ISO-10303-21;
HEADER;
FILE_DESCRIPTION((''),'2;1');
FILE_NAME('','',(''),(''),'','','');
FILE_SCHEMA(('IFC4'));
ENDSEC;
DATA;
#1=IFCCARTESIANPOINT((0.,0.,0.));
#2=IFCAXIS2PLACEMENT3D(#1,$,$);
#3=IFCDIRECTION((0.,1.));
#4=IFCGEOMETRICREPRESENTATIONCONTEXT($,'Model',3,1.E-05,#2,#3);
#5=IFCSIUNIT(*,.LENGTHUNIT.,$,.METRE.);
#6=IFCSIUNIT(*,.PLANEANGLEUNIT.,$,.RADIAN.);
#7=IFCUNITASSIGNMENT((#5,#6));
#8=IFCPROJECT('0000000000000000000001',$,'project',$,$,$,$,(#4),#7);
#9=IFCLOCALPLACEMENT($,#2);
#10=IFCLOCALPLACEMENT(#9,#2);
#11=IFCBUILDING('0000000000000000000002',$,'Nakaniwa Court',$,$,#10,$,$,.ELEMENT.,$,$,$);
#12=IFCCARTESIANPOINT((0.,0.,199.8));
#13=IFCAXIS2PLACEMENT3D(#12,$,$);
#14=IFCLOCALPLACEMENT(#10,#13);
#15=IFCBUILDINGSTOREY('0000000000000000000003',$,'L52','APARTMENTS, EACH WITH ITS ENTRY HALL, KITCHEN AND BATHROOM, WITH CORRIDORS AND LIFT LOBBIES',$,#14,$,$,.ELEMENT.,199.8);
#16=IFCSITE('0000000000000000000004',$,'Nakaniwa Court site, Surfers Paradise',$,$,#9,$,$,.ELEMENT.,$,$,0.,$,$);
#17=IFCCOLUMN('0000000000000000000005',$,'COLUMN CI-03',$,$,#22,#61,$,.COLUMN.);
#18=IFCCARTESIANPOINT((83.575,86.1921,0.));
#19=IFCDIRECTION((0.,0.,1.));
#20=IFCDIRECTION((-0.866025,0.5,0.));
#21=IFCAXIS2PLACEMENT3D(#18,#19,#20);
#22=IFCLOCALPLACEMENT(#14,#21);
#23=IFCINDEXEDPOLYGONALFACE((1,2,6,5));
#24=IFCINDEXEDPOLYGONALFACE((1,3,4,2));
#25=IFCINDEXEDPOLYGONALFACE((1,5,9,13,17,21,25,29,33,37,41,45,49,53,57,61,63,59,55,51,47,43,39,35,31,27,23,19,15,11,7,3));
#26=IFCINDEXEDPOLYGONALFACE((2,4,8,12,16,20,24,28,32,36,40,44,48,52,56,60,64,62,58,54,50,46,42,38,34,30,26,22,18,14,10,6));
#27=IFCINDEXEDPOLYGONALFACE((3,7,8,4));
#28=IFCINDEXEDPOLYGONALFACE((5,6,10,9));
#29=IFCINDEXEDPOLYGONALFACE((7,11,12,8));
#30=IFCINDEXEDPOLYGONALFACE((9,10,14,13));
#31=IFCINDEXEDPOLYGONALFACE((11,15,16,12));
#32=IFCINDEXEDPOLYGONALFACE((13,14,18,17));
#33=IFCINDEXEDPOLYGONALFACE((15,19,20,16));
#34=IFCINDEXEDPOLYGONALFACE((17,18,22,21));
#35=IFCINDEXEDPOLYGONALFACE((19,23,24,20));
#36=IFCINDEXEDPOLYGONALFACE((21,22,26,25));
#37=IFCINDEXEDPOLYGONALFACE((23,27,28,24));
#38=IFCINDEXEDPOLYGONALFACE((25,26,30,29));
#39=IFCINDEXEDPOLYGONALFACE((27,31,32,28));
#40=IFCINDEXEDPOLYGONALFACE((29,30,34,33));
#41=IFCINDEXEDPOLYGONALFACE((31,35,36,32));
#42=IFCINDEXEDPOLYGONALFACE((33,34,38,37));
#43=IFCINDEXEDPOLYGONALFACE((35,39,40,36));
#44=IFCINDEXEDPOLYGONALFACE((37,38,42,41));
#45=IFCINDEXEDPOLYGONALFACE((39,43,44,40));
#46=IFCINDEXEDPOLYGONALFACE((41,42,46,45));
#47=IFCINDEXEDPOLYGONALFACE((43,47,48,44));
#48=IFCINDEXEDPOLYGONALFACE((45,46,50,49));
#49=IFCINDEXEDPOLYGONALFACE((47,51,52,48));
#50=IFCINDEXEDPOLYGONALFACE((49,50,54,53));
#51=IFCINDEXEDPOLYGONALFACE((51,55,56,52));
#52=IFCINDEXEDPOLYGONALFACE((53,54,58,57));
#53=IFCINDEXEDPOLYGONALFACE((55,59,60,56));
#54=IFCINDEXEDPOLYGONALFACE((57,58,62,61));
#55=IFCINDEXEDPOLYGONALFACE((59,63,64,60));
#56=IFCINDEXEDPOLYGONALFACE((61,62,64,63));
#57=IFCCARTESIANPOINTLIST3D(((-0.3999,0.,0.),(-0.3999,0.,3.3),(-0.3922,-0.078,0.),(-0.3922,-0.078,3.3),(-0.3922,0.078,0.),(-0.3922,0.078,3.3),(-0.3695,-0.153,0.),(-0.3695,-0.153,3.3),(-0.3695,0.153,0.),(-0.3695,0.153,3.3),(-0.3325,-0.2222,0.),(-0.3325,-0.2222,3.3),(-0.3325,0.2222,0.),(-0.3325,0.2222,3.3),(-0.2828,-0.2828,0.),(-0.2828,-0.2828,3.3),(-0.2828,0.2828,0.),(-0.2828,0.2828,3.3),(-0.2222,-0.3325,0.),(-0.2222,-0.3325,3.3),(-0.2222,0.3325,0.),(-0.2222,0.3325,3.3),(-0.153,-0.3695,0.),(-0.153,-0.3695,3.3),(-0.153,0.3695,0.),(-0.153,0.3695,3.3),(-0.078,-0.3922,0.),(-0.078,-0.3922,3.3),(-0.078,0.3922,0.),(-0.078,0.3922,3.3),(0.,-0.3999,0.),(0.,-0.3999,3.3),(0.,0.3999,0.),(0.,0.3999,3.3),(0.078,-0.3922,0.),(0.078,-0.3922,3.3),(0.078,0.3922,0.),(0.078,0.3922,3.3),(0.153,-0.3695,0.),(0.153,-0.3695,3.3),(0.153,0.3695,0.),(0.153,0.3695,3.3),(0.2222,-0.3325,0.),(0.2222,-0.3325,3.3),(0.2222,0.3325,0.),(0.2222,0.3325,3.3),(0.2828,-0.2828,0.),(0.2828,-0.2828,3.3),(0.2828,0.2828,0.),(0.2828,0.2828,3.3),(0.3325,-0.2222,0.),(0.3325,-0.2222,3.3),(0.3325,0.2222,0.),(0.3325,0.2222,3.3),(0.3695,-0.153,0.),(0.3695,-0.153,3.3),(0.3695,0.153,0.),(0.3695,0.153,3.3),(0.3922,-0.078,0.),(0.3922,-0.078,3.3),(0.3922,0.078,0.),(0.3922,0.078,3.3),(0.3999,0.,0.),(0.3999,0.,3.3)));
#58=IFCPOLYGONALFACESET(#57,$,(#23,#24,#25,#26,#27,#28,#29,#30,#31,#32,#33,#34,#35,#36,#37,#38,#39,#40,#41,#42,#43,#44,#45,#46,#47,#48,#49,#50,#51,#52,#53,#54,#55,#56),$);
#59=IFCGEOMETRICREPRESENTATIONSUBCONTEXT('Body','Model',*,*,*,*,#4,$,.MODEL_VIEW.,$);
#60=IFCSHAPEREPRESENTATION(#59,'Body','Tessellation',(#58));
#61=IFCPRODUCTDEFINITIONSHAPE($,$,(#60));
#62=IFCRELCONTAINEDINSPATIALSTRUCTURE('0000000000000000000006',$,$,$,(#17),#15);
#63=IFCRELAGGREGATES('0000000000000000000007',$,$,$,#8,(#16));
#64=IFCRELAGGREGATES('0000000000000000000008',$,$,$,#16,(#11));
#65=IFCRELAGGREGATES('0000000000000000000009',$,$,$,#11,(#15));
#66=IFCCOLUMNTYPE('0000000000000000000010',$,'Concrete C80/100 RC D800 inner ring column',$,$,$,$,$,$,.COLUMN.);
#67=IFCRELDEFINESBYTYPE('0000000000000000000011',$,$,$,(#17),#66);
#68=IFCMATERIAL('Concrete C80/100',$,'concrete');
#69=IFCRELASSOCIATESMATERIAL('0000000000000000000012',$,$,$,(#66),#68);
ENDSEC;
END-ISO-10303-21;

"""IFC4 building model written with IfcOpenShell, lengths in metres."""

from ifc_helpers import new_model, si_unit, direction, frame, origin, origin_2d, place, context, subcontext, project, spatial, circle, extrude, material, material_profile, profile_set, type_object, element, save


model = new_model("IFC4")

# Units and contexts
model_context = context("Model", 3, precision=1e-05, world=origin(), true_north=direction((0.0, 1.0)))
body_context = subcontext(model_context, "Body", "Model", "MODEL_VIEW")
ifc_project = project(units=[si_unit("LENGTHUNIT", "METRE"), si_unit("PLANEANGLEUNIT", "RADIAN")], contexts=[model_context])

# Site, building, storey
site_placement = place(None, origin())
site = spatial("IfcSite", under=ifc_project, at=site_placement, Name="Nakaniwa Court site, Surfers Paradise", CompositionType="ELEMENT", RefElevation=0.0)
building_placement = place(site_placement, origin())
building = spatial("IfcBuilding", under=site, at=building_placement, Name="Nakaniwa Court", CompositionType="ELEMENT")
storey_placement = place(building_placement, frame((0.0, 0.0, 199.8)))
storey = spatial("IfcBuildingStorey", under=building, at=storey_placement, Name="L52", Description="APARTMENTS, EACH WITH ITS ENTRY HALL, KITCHEN AND BATHROOM, WITH CORRIDORS AND LIFT LOBBIES", CompositionType="ELEMENT", Elevation=199.8)

# Column
ifc_material_1 = material(Name="Concrete C80/100", Category="concrete")
ifc_material_profile_1 = material_profile(ifc_material_1, circle(Radius=0.3999, at=origin_2d()), Name="Concrete C80/100 RC D800 inner ring column")
ifc_profile_set_1 = profile_set([ifc_material_profile_1], Name="Concrete C80/100")
column_type_1 = type_object("IfcColumnType", Name="Concrete C80/100 RC D800 inner ring column", PredefinedType="COLUMN", material=ifc_profile_set_1)
column_1_placement = place(storey_placement, frame((83.575, 86.1921, 0.0), z_axis=(0.0, 0.0, 1.0), x_axis=(-0.866025, 0.5, 0.0)))
element("IfcColumn", 1, at=column_1_placement, inside=storey, type_object=column_type_1, Name="COLUMN CI-03", PredefinedType="COLUMN", context=body_context, shape_type="SweptSolid", body=[
    extrude(circle(Radius=0.3999, at=origin_2d()), origin(), (0.0, 0.0, 1.0), 3.3),
])

save(model, "model.ifc")
